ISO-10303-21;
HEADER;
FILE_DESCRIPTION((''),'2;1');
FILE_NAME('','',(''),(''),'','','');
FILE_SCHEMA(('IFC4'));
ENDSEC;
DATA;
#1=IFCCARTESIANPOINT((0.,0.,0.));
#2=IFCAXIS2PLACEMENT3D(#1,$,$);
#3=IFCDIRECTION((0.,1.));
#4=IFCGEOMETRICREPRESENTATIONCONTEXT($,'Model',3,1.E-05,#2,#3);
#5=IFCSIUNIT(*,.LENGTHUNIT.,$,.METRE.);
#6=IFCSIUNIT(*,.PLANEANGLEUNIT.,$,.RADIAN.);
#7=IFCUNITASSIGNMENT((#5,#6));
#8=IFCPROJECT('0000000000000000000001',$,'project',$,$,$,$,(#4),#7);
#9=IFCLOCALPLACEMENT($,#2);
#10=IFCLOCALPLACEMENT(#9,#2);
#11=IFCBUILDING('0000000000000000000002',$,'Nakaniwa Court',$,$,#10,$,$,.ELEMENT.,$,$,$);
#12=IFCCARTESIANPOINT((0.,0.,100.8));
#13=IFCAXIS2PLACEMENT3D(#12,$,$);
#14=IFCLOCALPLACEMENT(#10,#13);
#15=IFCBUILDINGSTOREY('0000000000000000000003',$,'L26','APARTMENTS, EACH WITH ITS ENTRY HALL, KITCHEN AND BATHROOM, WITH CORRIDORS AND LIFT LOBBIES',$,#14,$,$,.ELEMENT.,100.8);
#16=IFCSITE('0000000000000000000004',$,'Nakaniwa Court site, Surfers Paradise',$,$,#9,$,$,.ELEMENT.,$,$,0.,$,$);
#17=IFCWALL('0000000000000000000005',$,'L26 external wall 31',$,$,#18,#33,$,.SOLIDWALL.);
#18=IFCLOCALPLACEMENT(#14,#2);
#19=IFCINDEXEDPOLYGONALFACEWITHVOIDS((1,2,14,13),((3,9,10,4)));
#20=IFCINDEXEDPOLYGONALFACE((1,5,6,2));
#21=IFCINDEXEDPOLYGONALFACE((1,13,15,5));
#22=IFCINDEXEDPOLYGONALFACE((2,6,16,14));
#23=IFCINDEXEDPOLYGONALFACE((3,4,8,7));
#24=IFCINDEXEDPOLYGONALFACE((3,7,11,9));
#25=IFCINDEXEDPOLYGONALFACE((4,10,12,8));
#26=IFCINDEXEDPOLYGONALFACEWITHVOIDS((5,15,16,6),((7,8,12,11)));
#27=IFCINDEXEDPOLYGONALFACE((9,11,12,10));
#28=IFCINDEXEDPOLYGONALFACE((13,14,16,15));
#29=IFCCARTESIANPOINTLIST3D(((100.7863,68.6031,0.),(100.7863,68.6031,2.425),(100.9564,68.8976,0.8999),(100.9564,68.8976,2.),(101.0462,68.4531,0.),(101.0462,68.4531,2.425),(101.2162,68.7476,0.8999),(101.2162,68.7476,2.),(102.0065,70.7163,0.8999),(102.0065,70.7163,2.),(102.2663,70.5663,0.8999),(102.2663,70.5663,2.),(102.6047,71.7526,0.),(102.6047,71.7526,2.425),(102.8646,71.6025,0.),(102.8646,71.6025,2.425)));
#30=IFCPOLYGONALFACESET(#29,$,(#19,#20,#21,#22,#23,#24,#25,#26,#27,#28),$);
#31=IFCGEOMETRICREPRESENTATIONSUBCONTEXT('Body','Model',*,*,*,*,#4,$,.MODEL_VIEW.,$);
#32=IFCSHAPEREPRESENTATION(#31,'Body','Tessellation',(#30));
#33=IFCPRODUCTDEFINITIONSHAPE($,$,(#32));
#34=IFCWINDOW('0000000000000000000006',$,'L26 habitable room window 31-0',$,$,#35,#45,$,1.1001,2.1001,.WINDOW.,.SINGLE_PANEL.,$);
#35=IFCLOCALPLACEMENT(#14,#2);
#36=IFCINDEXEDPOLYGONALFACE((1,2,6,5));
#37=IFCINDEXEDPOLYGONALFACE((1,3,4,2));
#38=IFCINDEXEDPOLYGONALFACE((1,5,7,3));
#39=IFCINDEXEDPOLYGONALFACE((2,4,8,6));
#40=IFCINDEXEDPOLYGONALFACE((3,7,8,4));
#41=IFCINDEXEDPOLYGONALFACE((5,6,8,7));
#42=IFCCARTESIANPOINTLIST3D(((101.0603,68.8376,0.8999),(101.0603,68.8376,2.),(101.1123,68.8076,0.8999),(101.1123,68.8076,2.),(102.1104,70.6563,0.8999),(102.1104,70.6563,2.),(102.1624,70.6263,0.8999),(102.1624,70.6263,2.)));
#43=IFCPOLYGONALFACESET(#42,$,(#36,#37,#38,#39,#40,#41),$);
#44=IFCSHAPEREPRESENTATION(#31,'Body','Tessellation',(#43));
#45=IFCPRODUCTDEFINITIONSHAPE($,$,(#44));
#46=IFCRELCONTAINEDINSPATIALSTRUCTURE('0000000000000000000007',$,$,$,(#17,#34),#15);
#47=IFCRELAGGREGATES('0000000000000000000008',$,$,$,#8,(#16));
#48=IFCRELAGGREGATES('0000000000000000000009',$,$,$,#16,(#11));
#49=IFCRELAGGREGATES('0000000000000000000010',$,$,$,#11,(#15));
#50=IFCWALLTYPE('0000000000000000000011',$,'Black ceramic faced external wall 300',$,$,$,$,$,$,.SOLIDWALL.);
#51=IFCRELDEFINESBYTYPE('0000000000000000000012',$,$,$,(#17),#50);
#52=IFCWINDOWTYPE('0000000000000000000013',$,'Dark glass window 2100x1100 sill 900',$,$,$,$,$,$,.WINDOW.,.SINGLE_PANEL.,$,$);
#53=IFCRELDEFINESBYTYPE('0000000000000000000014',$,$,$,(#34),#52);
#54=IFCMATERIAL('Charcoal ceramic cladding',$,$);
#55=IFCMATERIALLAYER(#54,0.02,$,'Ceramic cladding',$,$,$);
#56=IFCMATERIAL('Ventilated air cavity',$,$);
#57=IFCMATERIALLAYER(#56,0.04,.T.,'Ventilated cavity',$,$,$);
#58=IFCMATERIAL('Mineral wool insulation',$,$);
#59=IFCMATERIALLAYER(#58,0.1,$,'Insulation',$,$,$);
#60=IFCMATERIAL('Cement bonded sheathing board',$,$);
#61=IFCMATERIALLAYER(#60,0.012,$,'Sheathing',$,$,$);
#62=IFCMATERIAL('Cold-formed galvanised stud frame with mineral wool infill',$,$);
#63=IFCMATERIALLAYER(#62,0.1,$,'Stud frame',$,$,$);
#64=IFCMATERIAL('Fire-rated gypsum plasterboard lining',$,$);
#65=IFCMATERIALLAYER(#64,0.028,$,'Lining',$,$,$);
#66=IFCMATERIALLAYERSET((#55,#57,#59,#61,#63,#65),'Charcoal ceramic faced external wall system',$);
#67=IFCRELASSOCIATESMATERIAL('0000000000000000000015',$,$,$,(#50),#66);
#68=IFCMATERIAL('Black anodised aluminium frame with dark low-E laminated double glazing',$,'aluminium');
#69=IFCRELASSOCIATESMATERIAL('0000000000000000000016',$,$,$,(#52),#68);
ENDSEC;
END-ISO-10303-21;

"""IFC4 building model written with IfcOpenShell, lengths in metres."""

from ifc_helpers import new_model, si_unit, direction, frame, frame_2d, origin, place, context, subcontext, project, spatial, rectangle, extrude, material, layer, layer_set, type_object, element, fill, save


model = new_model("IFC4")

# Units and contexts
model_context = context("Model", 3, precision=1e-05, world=origin(), true_north=direction((0.0, 1.0)))
body_context = subcontext(model_context, "Body", "Model", "MODEL_VIEW")
ifc_project = project(units=[si_unit("LENGTHUNIT", "METRE"), si_unit("PLANEANGLEUNIT", "RADIAN")], contexts=[model_context])

# Site, building, storey
site_placement = place(None, origin())
site = spatial("IfcSite", under=ifc_project, at=site_placement, Name="Nakaniwa Court site, Surfers Paradise", CompositionType="ELEMENT", RefElevation=0.0)
building_placement = place(site_placement, origin())
building = spatial("IfcBuilding", under=site, at=building_placement, Name="Nakaniwa Court", CompositionType="ELEMENT")
storey_placement = place(building_placement, frame((0.0, 0.0, 100.8)))
storey = spatial("IfcBuildingStorey", under=building, at=storey_placement, Name="L26", Description="APARTMENTS, EACH WITH ITS ENTRY HALL, KITCHEN AND BATHROOM, WITH CORRIDORS AND LIFT LOBBIES", CompositionType="ELEMENT", Elevation=100.8)

# Wall, opening, window
ifc_material_1 = material(Name="Charcoal ceramic cladding")
ifc_layer_1 = layer(ifc_material_1, 0.02, Name="Ceramic cladding")
ifc_material_2 = material(Name="Ventilated air cavity")
ifc_layer_2 = layer(ifc_material_2, 0.04, ventilated=True, Name="Ventilated cavity")
ifc_material_3 = material(Name="Mineral wool insulation")
ifc_layer_3 = layer(ifc_material_3, 0.1, Name="Insulation")
ifc_material_4 = material(Name="Cement bonded sheathing board")
ifc_layer_4 = layer(ifc_material_4, 0.012, Name="Sheathing")
ifc_material_5 = material(Name="Cold-formed galvanised stud frame with mineral wool infill")
ifc_layer_5 = layer(ifc_material_5, 0.1, Name="Stud frame")
ifc_material_6 = material(Name="Fire-rated gypsum plasterboard lining")
ifc_layer_6 = layer(ifc_material_6, 0.028, Name="Lining")
ifc_layer_set_1 = layer_set([ifc_layer_1, ifc_layer_2, ifc_layer_3, ifc_layer_4, ifc_layer_5, ifc_layer_6], Name="Charcoal ceramic faced external wall system")
wall_type_1 = type_object("IfcWallType", Name="Black ceramic faced external wall 300", PredefinedType="SOLIDWALL", material=ifc_layer_set_1)
ifc_material_7 = material(Name="Black anodised aluminium frame with dark low-E laminated double glazing", Category="aluminium")
window_type_1 = type_object("IfcWindowType", Name="Dark glass window 2100x1100 sill 900", PartitioningType="SINGLE_PANEL", PredefinedType="WINDOW", material=ifc_material_7)
wall_1_placement = place(storey_placement, frame((100.9163, 68.5281, 0.0), z_axis=(0.0, 0.0, 1.0), x_axis=(0.500009, 0.86602, 0.0)))
wall_1 = element("IfcWall", 1, at=wall_1_placement, inside=storey, type_object=wall_type_1, Name="L26 external wall 31", PredefinedType="SOLIDWALL", context=body_context, shape_type="SweptSolid", body=[
    extrude(rectangle(XDim=3.6367, YDim=0.3, at=frame_2d((1.8184, 0.0))), origin(), (0.0, 0.0, 1.0), 2.425),
])
opening_1_placement = place(wall_1_placement, frame((0.3401, 0.0, 0.8999)))
opening_1 = element("IfcOpeningElement", 2, at=opening_1_placement, cuts=wall_1, PredefinedType="OPENING", context=body_context, shape_type="SweptSolid", body=[
    extrude(rectangle(XDim=2.1001, YDim=1.1001, at=frame_2d((1.05, 0.55))), frame((0.0, 0.1599, 0.0), z_axis=(0.0, -1.0, 0.0), x_axis=(1.0, 0.0, 0.0)), (0.0, 0.0, 1.0), 0.3201),
])
window_1_placement = place(opening_1_placement, origin())
window_1 = element("IfcWindow", 3, at=window_1_placement, inside=storey, type_object=window_type_1, Name="L26 habitable room window 31-0", OverallHeight=1.1001, OverallWidth=2.1001, PartitioningType="SINGLE_PANEL", PredefinedType="WINDOW", context=body_context, shape_type="SweptSolid", body=[
    extrude(rectangle(XDim=2.1001, YDim=1.1001, at=frame_2d((1.05, 0.55))), frame((0.0, 0.03, 0.0), z_axis=(0.0, -1.0, 0.0), x_axis=(1.0, 0.0, 0.0)), (0.0, 0.0, 1.0), 0.0601),
])
fill(opening_1, window_1)

save(model, "model.ifc")
